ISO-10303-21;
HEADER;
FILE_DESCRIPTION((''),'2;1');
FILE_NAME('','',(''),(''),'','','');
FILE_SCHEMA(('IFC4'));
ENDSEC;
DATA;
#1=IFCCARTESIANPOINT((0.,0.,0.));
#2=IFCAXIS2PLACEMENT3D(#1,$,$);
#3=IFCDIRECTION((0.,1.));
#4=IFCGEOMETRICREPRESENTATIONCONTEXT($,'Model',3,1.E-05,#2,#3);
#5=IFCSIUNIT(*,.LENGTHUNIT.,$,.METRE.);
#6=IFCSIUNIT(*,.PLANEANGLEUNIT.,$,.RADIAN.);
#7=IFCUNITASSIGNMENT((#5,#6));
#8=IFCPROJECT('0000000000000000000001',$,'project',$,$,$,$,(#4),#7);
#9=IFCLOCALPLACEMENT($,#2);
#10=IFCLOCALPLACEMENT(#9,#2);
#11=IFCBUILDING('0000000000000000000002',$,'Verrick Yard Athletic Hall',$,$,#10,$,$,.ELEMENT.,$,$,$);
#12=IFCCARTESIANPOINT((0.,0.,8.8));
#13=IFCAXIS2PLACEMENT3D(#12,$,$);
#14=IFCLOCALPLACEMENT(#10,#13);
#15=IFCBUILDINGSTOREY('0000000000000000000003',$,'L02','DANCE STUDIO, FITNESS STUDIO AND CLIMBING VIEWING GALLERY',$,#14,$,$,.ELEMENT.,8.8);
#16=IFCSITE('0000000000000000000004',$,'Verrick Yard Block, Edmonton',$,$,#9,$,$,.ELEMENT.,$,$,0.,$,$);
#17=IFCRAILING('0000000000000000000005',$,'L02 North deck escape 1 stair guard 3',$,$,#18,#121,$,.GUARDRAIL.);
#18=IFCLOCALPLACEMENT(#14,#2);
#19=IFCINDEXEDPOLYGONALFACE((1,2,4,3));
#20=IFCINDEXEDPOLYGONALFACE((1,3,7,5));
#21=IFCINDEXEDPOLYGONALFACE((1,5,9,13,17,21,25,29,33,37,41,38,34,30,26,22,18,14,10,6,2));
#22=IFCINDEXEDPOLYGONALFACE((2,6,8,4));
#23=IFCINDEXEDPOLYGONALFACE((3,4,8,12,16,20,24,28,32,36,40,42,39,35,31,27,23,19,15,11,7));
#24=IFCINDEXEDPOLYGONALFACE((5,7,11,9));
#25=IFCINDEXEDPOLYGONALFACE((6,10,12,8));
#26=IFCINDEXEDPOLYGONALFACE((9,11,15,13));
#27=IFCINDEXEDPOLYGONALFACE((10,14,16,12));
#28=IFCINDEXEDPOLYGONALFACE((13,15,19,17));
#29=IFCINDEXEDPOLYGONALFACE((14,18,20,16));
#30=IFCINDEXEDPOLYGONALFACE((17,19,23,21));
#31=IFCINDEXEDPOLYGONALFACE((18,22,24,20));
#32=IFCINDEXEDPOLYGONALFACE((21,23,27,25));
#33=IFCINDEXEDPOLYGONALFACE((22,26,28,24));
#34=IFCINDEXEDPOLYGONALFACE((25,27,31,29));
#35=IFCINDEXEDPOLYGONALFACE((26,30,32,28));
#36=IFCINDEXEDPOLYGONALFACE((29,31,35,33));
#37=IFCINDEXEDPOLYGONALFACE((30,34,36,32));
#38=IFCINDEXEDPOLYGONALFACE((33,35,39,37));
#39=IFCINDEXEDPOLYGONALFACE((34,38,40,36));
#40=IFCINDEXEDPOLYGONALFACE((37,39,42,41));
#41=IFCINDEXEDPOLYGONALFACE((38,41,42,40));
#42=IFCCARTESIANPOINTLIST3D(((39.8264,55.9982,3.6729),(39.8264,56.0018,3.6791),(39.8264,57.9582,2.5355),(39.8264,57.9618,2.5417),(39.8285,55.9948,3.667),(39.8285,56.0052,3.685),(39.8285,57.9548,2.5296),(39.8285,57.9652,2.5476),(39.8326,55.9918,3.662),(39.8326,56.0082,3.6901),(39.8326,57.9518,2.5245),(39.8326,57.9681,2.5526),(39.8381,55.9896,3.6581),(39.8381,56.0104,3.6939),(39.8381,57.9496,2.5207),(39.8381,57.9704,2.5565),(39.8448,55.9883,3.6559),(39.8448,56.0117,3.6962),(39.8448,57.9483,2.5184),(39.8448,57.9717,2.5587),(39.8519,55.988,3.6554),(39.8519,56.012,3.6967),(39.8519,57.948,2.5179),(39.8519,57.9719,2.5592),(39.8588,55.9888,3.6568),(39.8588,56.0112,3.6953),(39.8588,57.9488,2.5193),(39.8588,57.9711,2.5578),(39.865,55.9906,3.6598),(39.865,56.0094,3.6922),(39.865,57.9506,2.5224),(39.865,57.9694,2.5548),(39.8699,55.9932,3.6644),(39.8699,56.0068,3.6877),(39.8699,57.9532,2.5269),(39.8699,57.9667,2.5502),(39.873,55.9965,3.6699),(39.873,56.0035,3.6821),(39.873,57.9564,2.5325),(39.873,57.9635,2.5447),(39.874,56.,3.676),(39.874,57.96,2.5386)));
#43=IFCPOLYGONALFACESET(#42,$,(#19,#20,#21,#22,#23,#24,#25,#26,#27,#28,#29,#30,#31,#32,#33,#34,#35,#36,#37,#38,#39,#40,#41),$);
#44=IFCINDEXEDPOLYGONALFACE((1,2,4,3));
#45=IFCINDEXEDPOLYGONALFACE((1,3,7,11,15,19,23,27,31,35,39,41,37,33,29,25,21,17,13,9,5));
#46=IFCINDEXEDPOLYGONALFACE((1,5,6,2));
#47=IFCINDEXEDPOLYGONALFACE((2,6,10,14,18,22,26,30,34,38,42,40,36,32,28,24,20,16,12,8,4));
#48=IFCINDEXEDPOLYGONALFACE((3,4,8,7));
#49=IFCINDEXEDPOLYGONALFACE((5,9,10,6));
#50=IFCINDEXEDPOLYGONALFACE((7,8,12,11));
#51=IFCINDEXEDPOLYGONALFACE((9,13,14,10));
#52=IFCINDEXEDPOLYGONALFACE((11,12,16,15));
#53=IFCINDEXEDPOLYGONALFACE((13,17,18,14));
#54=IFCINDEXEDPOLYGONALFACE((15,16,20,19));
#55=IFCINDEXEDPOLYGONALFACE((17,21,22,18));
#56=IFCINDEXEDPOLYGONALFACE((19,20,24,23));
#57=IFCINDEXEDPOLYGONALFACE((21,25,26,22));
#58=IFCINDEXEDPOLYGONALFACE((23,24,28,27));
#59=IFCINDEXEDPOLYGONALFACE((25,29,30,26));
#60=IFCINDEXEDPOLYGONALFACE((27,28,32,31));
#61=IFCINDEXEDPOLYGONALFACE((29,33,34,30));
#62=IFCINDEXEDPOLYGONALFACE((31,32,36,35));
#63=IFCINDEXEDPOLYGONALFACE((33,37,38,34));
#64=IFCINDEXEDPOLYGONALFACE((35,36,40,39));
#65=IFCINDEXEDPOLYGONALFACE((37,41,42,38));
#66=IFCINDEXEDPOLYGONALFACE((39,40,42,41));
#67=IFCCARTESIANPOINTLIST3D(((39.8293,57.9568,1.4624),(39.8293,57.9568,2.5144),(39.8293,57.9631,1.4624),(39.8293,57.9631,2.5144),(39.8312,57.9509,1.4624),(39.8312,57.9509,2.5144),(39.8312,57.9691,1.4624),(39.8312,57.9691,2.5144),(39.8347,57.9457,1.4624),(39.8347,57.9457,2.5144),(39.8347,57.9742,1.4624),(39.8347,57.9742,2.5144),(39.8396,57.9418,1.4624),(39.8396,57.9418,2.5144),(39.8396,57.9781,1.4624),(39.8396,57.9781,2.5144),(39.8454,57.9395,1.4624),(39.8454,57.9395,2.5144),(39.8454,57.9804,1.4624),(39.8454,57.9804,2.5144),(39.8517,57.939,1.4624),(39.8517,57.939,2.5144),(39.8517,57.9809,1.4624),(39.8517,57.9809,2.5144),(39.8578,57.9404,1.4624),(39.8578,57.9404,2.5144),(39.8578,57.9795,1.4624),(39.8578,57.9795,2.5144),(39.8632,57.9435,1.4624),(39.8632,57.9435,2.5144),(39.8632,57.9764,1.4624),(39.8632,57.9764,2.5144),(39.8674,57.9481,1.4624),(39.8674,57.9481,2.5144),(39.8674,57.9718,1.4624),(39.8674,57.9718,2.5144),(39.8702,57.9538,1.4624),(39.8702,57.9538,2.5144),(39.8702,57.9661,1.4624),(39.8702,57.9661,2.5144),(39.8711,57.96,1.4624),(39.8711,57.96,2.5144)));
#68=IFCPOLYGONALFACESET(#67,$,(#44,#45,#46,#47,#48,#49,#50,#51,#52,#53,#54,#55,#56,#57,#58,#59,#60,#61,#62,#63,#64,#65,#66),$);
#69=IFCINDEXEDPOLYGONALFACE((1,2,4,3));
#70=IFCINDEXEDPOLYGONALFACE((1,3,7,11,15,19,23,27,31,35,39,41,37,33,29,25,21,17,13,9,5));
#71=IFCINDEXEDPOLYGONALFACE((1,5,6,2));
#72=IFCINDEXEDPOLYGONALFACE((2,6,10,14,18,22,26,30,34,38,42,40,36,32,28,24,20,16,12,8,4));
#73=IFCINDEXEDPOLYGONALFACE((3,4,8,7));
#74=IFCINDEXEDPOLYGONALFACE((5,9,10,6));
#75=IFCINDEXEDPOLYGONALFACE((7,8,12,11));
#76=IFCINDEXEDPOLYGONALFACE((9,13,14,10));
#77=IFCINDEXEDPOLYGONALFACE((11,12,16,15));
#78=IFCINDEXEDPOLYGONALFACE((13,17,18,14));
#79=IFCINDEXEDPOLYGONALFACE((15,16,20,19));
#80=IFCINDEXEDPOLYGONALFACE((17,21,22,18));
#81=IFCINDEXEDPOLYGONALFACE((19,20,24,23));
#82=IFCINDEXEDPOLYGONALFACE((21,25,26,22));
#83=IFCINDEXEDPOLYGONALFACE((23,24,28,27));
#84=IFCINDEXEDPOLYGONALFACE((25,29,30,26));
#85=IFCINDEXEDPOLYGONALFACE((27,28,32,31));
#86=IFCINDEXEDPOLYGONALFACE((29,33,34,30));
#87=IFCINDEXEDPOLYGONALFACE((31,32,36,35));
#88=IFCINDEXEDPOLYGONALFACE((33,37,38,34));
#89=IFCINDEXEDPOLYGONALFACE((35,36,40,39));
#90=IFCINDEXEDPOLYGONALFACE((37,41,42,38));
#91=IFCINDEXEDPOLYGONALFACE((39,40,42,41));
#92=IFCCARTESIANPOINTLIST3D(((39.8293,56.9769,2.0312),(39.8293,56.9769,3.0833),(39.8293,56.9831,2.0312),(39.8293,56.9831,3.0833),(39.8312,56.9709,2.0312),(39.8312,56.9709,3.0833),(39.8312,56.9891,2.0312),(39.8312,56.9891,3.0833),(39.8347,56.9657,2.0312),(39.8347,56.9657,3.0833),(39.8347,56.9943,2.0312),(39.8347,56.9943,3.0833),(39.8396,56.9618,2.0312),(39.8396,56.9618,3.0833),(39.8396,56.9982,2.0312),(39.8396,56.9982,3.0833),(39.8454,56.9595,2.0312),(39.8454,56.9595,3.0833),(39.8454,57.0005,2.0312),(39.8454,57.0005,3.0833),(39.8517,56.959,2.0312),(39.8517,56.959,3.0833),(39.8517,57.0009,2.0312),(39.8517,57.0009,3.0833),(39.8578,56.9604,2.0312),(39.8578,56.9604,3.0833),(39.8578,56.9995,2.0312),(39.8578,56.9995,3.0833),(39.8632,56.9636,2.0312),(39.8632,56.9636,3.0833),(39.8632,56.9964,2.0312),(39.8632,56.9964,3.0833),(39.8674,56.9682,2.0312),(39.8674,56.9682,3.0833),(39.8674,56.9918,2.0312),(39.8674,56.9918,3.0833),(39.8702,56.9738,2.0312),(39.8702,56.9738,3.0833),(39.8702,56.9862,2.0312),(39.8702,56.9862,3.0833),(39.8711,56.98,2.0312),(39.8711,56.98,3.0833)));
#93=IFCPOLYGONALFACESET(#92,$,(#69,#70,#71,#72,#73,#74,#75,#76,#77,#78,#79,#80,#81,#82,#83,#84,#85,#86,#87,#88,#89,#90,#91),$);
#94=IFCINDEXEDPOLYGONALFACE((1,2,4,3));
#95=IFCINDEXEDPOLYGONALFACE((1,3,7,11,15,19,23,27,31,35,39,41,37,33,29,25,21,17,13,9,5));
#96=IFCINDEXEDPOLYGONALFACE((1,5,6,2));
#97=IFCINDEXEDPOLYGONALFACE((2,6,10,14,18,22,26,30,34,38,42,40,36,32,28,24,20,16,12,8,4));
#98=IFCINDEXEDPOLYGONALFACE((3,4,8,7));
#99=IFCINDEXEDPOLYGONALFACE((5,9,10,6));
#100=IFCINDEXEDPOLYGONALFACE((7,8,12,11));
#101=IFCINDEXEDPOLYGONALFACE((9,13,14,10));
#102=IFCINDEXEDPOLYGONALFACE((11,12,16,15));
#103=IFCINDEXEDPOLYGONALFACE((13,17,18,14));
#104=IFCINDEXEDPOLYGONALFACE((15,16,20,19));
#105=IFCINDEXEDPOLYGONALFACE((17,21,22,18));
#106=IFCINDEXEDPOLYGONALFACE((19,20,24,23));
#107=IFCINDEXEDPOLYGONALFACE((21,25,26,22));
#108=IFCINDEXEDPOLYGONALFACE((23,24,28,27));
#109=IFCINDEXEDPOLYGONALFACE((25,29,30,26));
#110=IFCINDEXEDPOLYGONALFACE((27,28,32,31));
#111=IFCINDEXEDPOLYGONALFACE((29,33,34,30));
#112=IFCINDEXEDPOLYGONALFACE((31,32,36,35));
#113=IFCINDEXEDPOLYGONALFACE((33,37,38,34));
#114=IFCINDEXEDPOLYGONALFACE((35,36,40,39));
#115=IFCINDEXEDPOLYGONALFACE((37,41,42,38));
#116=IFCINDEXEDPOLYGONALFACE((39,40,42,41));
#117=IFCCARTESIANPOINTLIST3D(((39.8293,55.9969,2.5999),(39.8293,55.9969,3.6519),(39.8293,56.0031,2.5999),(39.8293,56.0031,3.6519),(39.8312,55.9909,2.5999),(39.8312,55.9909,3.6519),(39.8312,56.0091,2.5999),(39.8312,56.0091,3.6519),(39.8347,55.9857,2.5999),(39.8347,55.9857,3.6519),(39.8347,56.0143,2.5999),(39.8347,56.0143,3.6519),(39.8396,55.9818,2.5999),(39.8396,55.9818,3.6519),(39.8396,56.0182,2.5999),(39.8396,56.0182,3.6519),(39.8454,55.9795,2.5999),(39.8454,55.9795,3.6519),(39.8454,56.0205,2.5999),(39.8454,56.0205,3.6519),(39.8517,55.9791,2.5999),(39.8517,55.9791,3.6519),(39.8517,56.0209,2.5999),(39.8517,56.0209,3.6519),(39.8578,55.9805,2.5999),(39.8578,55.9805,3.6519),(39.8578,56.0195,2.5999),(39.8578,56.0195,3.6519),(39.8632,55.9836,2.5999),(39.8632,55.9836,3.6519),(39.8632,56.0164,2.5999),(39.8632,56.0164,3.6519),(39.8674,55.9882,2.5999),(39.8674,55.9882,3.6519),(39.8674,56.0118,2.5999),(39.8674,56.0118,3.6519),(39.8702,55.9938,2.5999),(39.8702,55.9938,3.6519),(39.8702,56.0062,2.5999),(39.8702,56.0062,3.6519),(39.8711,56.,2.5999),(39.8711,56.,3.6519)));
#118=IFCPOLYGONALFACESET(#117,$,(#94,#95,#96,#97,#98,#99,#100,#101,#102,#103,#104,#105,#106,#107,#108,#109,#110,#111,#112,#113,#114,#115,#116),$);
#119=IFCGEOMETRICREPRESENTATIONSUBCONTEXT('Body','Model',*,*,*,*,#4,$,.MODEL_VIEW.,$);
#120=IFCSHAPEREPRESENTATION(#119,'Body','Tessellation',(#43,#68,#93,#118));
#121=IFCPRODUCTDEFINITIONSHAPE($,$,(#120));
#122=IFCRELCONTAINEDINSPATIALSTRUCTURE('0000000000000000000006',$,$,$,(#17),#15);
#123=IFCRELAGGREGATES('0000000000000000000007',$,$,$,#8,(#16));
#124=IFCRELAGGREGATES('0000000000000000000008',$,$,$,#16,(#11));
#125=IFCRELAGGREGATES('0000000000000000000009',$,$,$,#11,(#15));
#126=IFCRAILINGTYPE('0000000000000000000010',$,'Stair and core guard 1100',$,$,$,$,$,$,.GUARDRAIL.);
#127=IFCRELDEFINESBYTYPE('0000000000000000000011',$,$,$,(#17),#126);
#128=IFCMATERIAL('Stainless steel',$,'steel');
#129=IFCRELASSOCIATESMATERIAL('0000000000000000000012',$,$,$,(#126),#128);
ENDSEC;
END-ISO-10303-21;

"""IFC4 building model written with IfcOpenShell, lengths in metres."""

from ifc_helpers import new_model, si_unit, direction, frame, origin, origin_2d, place, context, subcontext, project, spatial, circle, extrude, material, type_object, element, save


model = new_model("IFC4")

# Units and contexts
model_context = context("Model", 3, precision=1e-05, world=origin(), true_north=direction((0.0, 1.0)))
body_context = subcontext(model_context, "Body", "Model", "MODEL_VIEW")
ifc_project = project(units=[si_unit("LENGTHUNIT", "METRE"), si_unit("PLANEANGLEUNIT", "RADIAN")], contexts=[model_context])

# Site, building, storey
site_placement = place(None, origin())
site = spatial("IfcSite", under=ifc_project, at=site_placement, Name="Verrick Yard Block, Edmonton", CompositionType="ELEMENT", RefElevation=0.0)
building_placement = place(site_placement, origin())
building = spatial("IfcBuilding", under=site, at=building_placement, Name="Verrick Yard Athletic Hall", CompositionType="ELEMENT")
storey_placement = place(building_placement, frame((0.0, 0.0, 8.8)))
storey = spatial("IfcBuildingStorey", under=building, at=storey_placement, Name="L02", Description="DANCE STUDIO, FITNESS STUDIO AND CLIMBING VIEWING GALLERY", CompositionType="ELEMENT", Elevation=8.8)

# Railing
ifc_material_1 = material(Name="Stainless steel", Category="steel")
railing_type_1 = type_object("IfcRailingType", Name="Stair and core guard 1100", PredefinedType="GUARDRAIL", material=ifc_material_1)
railing_1_placement = place(storey_placement, frame((39.8501, 57.96, 1.4624)))
element("IfcRailing", 1, at=railing_1_placement, inside=storey, type_object=railing_type_1, Name="L02 North deck escape 1 stair guard 3", PredefinedType="GUARDRAIL", context=body_context, shape_type="SweptSolid", body=[
    extrude(circle(Radius=0.0239, at=origin_2d()), frame((0.0, 0.0, 1.0762), z_axis=(0.0, -0.864902, 0.501941), x_axis=(1.0, 0.0, 0.0)), (0.0, 0.0, 1.0), 2.2661),
    extrude(circle(Radius=0.021, at=origin_2d()), origin(), (0.0, 0.0, 1.0), 1.052),
    extrude(circle(Radius=0.021, at=origin_2d()), frame((0.0, -0.98, 0.5688)), (0.0, 0.0, 1.0), 1.052),
    extrude(circle(Radius=0.021, at=origin_2d()), frame((0.0, -1.96, 1.1375)), (0.0, 0.0, 1.0), 1.052),
])

save(model, "model.ifc")
